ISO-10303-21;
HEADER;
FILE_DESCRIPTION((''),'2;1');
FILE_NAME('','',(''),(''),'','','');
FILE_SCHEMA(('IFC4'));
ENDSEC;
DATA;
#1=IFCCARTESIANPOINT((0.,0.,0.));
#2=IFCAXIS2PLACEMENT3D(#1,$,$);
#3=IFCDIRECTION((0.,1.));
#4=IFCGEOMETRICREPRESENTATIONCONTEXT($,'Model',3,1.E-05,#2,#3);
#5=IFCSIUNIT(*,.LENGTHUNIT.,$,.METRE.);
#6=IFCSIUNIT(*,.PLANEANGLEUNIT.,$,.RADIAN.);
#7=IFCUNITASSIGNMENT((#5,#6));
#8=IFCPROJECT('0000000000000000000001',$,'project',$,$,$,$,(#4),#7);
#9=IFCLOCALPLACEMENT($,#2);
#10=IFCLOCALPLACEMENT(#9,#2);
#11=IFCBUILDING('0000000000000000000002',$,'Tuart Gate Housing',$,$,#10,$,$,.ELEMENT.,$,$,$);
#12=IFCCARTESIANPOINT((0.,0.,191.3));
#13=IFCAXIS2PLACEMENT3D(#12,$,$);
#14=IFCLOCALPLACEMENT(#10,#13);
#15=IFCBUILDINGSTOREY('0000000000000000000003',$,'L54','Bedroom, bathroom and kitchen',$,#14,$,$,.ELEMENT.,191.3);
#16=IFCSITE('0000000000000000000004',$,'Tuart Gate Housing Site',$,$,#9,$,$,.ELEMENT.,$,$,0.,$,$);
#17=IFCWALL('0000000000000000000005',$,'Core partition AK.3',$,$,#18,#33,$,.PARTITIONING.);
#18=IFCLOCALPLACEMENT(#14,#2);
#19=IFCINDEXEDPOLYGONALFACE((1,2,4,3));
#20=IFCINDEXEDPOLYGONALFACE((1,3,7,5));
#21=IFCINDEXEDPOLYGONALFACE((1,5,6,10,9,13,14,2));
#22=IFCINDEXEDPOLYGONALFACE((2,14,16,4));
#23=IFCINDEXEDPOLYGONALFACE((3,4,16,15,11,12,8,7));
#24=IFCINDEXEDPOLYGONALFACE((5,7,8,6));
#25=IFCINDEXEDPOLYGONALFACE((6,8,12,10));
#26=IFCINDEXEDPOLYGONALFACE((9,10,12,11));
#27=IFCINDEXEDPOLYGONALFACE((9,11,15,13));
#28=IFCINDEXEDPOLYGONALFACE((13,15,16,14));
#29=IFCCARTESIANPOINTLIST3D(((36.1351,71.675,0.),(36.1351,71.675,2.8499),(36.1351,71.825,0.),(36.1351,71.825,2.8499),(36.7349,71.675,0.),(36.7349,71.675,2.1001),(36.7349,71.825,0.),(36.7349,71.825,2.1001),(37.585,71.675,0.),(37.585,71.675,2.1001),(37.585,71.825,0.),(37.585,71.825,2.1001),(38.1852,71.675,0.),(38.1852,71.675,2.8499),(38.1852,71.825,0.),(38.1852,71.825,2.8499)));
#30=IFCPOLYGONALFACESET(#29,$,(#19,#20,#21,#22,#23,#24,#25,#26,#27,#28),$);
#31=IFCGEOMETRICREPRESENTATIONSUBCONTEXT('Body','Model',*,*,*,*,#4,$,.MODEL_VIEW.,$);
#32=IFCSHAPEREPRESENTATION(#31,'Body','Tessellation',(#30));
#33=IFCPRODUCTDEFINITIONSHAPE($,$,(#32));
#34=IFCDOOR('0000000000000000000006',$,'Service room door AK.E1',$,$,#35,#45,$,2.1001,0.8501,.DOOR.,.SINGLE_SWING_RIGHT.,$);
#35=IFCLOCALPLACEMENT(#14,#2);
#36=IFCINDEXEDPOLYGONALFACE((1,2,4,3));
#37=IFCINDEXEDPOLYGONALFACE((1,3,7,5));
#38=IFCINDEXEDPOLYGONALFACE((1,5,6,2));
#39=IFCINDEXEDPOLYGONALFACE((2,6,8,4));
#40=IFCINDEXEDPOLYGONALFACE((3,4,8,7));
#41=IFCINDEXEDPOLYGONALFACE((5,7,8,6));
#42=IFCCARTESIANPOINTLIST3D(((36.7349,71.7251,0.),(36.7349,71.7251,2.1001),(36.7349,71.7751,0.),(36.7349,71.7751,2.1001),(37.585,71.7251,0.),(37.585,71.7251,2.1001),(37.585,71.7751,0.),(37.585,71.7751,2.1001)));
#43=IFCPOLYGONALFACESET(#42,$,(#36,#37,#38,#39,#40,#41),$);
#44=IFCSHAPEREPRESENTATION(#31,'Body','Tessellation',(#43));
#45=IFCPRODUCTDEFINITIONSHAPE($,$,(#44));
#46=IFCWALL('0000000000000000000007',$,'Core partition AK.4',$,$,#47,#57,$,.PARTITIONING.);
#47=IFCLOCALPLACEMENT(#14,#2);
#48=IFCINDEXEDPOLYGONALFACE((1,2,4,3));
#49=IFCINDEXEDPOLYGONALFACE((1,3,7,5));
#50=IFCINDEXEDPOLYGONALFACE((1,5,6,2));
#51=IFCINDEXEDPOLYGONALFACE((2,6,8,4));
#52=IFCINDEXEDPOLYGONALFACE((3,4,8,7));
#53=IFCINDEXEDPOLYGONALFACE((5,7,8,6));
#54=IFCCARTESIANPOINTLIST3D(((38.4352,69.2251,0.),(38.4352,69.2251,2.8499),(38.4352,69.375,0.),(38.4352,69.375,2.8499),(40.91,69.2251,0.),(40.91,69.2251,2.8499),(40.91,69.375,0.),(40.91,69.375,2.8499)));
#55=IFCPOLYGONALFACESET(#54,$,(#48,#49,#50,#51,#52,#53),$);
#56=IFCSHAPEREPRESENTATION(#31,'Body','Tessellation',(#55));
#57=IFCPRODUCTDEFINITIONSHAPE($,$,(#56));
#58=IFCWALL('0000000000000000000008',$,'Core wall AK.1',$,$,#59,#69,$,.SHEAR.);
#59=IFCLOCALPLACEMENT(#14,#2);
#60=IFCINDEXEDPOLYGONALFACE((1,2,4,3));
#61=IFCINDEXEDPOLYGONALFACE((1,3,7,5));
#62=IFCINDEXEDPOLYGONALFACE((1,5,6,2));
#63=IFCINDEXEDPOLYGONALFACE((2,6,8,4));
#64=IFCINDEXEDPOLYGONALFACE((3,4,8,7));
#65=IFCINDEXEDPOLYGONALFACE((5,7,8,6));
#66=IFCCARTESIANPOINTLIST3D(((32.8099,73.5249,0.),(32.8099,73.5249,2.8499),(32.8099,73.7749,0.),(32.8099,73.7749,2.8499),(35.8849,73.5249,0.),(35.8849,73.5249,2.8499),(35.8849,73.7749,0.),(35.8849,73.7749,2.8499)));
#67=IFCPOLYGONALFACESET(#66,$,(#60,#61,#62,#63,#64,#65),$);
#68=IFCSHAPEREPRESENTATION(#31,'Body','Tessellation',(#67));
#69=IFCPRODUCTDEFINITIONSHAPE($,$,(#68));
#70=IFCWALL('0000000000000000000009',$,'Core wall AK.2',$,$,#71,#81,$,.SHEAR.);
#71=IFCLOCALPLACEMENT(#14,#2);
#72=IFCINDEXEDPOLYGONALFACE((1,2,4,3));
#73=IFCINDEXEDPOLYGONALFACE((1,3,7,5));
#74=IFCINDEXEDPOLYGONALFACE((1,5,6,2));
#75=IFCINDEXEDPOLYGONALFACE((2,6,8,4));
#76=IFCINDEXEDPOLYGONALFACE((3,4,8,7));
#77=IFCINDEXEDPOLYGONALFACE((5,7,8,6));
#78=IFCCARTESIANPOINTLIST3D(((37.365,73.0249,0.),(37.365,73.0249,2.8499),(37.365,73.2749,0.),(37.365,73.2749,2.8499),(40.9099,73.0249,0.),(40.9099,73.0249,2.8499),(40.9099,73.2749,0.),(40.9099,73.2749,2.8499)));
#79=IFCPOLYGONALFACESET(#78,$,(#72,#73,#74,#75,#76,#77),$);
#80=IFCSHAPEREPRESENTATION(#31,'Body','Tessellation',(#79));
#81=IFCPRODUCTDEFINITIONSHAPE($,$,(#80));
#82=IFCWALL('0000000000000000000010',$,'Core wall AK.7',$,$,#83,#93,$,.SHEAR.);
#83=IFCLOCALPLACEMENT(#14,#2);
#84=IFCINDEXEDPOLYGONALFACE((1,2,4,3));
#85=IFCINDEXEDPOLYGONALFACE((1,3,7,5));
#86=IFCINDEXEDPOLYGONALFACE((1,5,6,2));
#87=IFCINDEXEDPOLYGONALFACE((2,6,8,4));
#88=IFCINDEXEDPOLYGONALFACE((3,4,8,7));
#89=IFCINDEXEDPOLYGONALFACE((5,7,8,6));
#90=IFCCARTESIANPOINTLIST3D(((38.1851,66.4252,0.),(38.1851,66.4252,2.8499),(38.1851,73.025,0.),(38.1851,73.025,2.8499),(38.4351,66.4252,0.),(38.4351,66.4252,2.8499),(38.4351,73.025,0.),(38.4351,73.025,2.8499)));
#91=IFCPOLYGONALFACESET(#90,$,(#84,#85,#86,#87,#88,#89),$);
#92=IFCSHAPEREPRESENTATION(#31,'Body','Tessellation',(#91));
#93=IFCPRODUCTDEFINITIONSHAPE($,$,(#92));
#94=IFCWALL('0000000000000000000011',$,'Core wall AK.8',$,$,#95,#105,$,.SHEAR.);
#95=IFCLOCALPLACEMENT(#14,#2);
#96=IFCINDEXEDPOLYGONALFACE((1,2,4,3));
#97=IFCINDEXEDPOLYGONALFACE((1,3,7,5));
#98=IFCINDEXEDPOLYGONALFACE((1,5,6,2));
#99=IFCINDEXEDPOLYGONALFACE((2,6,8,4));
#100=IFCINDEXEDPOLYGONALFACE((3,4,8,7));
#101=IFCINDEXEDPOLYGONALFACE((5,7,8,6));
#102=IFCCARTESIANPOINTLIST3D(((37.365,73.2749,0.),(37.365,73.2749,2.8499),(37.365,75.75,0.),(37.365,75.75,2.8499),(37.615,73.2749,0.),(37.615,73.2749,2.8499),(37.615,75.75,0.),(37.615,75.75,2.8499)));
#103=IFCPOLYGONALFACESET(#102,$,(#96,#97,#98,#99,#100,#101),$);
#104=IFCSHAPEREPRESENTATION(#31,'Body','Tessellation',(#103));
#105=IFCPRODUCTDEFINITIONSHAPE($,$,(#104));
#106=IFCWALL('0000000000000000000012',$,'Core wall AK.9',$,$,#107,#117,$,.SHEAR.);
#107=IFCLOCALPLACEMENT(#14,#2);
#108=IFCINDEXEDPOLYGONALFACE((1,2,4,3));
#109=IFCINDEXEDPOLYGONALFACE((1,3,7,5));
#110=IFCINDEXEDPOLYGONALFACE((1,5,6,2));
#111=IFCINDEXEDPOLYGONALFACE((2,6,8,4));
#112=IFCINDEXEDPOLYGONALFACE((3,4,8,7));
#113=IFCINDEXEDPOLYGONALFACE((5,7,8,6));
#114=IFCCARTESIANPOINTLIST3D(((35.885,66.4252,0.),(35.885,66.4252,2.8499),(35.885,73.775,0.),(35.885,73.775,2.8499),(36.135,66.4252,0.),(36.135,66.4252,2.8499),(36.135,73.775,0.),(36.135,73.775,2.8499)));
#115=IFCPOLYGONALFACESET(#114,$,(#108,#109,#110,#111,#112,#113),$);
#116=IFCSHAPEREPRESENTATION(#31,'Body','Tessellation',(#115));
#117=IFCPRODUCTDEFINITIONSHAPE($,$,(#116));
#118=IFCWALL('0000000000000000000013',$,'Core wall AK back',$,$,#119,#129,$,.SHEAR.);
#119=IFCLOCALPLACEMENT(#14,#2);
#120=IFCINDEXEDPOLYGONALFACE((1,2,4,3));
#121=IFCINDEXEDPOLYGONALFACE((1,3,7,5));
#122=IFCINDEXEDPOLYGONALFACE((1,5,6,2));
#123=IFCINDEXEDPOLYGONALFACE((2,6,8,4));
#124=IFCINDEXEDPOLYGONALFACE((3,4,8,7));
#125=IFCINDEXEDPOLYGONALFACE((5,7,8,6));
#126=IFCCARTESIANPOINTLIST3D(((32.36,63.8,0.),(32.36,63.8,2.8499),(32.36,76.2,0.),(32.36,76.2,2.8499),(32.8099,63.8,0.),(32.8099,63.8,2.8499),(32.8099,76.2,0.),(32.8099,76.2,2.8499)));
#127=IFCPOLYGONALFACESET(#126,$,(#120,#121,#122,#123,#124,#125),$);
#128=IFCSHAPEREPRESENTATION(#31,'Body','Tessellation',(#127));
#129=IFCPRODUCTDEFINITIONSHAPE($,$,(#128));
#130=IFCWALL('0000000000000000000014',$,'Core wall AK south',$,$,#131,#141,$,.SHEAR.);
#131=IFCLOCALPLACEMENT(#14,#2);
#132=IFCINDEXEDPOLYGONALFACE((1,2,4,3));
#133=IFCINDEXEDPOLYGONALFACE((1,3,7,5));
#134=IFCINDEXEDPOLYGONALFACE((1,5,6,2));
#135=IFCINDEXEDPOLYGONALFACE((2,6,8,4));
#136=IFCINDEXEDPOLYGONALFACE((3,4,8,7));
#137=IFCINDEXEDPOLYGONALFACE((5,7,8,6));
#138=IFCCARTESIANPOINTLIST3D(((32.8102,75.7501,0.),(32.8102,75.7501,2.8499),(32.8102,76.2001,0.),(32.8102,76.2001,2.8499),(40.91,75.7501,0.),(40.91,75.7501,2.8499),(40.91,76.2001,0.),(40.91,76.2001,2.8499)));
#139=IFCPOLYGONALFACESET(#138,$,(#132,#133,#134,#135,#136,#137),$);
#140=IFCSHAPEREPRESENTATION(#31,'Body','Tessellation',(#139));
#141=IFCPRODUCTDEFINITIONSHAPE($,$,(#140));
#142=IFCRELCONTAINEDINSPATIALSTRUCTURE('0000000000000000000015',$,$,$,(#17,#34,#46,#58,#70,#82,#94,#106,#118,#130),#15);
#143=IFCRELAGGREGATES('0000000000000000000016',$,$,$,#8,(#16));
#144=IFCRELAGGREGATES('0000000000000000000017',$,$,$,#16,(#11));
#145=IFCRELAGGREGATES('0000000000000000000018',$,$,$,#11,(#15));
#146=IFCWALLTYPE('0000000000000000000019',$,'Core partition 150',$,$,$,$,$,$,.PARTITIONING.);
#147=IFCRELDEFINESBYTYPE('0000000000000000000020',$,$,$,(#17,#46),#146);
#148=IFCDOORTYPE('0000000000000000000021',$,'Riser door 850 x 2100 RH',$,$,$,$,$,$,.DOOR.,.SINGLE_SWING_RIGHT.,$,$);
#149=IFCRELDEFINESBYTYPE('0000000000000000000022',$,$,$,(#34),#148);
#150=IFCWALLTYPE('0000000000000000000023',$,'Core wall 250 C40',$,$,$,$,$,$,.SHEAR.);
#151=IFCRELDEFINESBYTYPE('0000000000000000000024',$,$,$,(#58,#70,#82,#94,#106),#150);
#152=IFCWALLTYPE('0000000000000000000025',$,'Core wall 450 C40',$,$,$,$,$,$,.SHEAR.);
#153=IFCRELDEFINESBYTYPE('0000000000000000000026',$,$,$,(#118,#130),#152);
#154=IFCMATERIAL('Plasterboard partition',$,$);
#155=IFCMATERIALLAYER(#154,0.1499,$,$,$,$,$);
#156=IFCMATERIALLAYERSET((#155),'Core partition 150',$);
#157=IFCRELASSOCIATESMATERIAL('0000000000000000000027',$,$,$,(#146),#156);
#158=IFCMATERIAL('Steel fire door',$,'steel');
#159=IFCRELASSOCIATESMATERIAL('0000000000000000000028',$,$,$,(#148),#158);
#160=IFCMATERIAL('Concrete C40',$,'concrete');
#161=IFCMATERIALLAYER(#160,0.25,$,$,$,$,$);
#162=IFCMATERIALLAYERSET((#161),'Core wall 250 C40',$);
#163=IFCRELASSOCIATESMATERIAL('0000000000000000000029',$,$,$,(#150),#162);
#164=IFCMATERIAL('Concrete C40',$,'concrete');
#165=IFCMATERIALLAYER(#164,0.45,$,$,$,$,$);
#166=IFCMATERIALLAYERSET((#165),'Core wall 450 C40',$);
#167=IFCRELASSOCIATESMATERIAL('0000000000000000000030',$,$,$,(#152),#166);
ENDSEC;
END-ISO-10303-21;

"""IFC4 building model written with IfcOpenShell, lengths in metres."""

from ifc_helpers import new_model, si_unit, direction, frame, frame_2d, origin, place, context, subcontext, project, spatial, rectangle, extrude, material, layer, layer_set, type_object, element, fill, save


model = new_model("IFC4")

# Units and contexts
model_context = context("Model", 3, precision=1e-05, world=origin(), true_north=direction((0.0, 1.0)))
body_context = subcontext(model_context, "Body", "Model", "MODEL_VIEW")
ifc_project = project(units=[si_unit("LENGTHUNIT", "METRE"), si_unit("PLANEANGLEUNIT", "RADIAN")], contexts=[model_context])

# Site, building, storey
site_placement = place(None, origin())
site = spatial("IfcSite", under=ifc_project, at=site_placement, Name="Tuart Gate Housing Site", CompositionType="ELEMENT", RefElevation=0.0)
building_placement = place(site_placement, origin())
building = spatial("IfcBuilding", under=site, at=building_placement, Name="Tuart Gate Housing", CompositionType="ELEMENT")
storey_placement = place(building_placement, frame((0.0, 0.0, 191.3)))
storey = spatial("IfcBuildingStorey", under=building, at=storey_placement, Name="L54", Description="Bedroom, bathroom and kitchen", CompositionType="ELEMENT", Elevation=191.3)

# Wall, opening, door
ifc_material_1 = material(Name="Plasterboard partition")
ifc_layer_1 = layer(ifc_material_1, 0.1499)
ifc_layer_set_1 = layer_set([ifc_layer_1], Name="Core partition 150")
wall_type_1 = type_object("IfcWallType", Name="Core partition 150", PredefinedType="PARTITIONING", material=ifc_layer_set_1)
wall_1_placement = place(storey_placement, frame((38.1851, 71.75, 0.0), z_axis=(0.0, 0.0, 1.0), x_axis=(-1.0, 0.0, 0.0)))
wall_1 = element("IfcWall", 1, at=wall_1_placement, inside=storey, type_object=wall_type_1, Name="Core partition AK.3", PredefinedType="PARTITIONING", context=body_context, shape_type="SweptSolid", body=[
    extrude(rectangle(XDim=2.05, YDim=0.1499, at=frame_2d((1.0249, 0.0))), origin(), (0.0, 0.0, 1.0), 2.8499),
])
opening_1_placement = place(wall_1_placement, frame((0.6001, 0.0, 0.0)))
opening_1 = element("IfcOpeningElement", 2, at=opening_1_placement, cuts=wall_1, PredefinedType="OPENING", context=body_context, shape_type="SweptSolid", body=[
    extrude(rectangle(XDim=0.8501, YDim=2.1001, at=frame_2d((0.425, 1.05))), frame((0.0, 0.085, 0.0), z_axis=(0.0, -1.0, 0.0), x_axis=(1.0, 0.0, 0.0)), (0.0, 0.0, 1.0), 0.1699),
])
ifc_material_2 = material(Name="Steel fire door", Category="steel")
door_type_1 = type_object("IfcDoorType", Name="Riser door 850 x 2100 RH", OperationType="SINGLE_SWING_RIGHT", PredefinedType="DOOR", material=ifc_material_2)
door_1_placement = place(opening_1_placement, frame((0.8501, 0.0, 0.0), z_axis=(0.0, 0.0, 1.0), x_axis=(-1.0, 0.0, 0.0)))
door_1 = element("IfcDoor", 3, at=door_1_placement, inside=storey, type_object=door_type_1, Name="Service room door AK.E1", OperationType="SINGLE_SWING_RIGHT", OverallHeight=2.1001, OverallWidth=0.8501, PredefinedType="DOOR", context=body_context, shape_type="SweptSolid", body=[
    extrude(rectangle(XDim=0.8501, YDim=2.1001, at=frame_2d((0.425, 1.05))), frame((0.0, 0.0251, 0.0), z_axis=(0.0, -1.0, 0.0), x_axis=(1.0, 0.0, 0.0)), (0.0, 0.0, 1.0), 0.05),
])
fill(opening_1, door_1)

# Walls
wall_2_placement = place(storey_placement, frame((40.9099, 69.3, 0.0), z_axis=(0.0, 0.0, 1.0), x_axis=(-1.0, 0.0, 0.0)))
element("IfcWall", 4, at=wall_2_placement, inside=storey, type_object=wall_type_1, Name="Core partition AK.4", PredefinedType="PARTITIONING", context=body_context, shape_type="SweptSolid", body=[
    extrude(rectangle(XDim=2.4749, YDim=0.1499, at=frame_2d((1.2373, 0.0))), origin(), (0.0, 0.0, 1.0), 2.8499),
])
ifc_material_3 = material(Name="Concrete C40", Category="concrete")
ifc_layer_2 = layer(ifc_material_3, 0.25)
ifc_layer_set_2 = layer_set([ifc_layer_2], Name="Core wall 250 C40")
wall_type_2 = type_object("IfcWallType", Name="Core wall 250 C40", PredefinedType="SHEAR", material=ifc_layer_set_2)
wall_3_placement = place(storey_placement, frame((35.885, 73.6499, 0.0), z_axis=(0.0, 0.0, 1.0), x_axis=(-1.0, 0.0, 0.0)))
element("IfcWall", 5, at=wall_3_placement, inside=storey, type_object=wall_type_2, Name="Core wall AK.1", PredefinedType="SHEAR", context=body_context, shape_type="SweptSolid", body=[
    extrude(rectangle(XDim=3.075, YDim=0.25, at=frame_2d((1.5376, 0.0))), origin(), (0.0, 0.0, 1.0), 2.8499),
])
wall_4_placement = place(storey_placement, frame((40.9099, 73.1499, 0.0), z_axis=(0.0, 0.0, 1.0), x_axis=(-1.0, 0.0, 0.0)))
element("IfcWall", 6, at=wall_4_placement, inside=storey, type_object=wall_type_2, Name="Core wall AK.2", PredefinedType="SHEAR", context=body_context, shape_type="SweptSolid", body=[
    extrude(rectangle(XDim=3.5449, YDim=0.25, at=frame_2d((1.7725, 0.0))), origin(), (0.0, 0.0, 1.0), 2.8499),
])
wall_5_placement = place(storey_placement, frame((38.3101, 73.0249, 0.0), z_axis=(0.0, 0.0, 1.0), x_axis=(0.0, -1.0, 0.0)))
element("IfcWall", 7, at=wall_5_placement, inside=storey, type_object=wall_type_2, Name="Core wall AK.7", PredefinedType="SHEAR", context=body_context, shape_type="SweptSolid", body=[
    extrude(rectangle(XDim=6.5999, YDim=0.25, at=frame_2d((3.2998, 0.0))), origin(), (0.0, 0.0, 1.0), 2.8499),
])
wall_6_placement = place(storey_placement, frame((37.49, 75.75, 0.0), z_axis=(0.0, 0.0, 1.0), x_axis=(0.0, -1.0, 0.0)))
element("IfcWall", 8, at=wall_6_placement, inside=storey, type_object=wall_type_2, Name="Core wall AK.8", PredefinedType="SHEAR", context=body_context, shape_type="SweptSolid", body=[
    extrude(rectangle(XDim=2.4751, YDim=0.25, at=frame_2d((1.2375, 0.0))), origin(), (0.0, 0.0, 1.0), 2.8499),
])
wall_7_placement = place(storey_placement, frame((36.01, 73.7749, 0.0), z_axis=(0.0, 0.0, 1.0), x_axis=(0.0, -1.0, 0.0)))
element("IfcWall", 9, at=wall_7_placement, inside=storey, type_object=wall_type_2, Name="Core wall AK.9", PredefinedType="SHEAR", context=body_context, shape_type="SweptSolid", body=[
    extrude(rectangle(XDim=7.3499, YDim=0.25, at=frame_2d((3.6748, 0.0))), origin(), (0.0, 0.0, 1.0), 2.8499),
])
ifc_material_4 = material(Name="Concrete C40", Category="concrete")
ifc_layer_3 = layer(ifc_material_4, 0.45)
ifc_layer_set_3 = layer_set([ifc_layer_3], Name="Core wall 450 C40")
wall_type_3 = type_object("IfcWallType", Name="Core wall 450 C40", PredefinedType="SHEAR", material=ifc_layer_set_3)
wall_8_placement = place(storey_placement, frame((32.585, 76.2, 0.0), z_axis=(0.0, 0.0, 1.0), x_axis=(0.0, -1.0, 0.0)))
element("IfcWall", 10, at=wall_8_placement, inside=storey, type_object=wall_type_3, Name="Core wall AK back", PredefinedType="SHEAR", context=body_context, shape_type="SweptSolid", body=[
    extrude(rectangle(XDim=12.3999, YDim=0.45, at=frame_2d((6.2, 0.0))), origin(), (0.0, 0.0, 1.0), 2.8499),
])
wall_9_placement = place(storey_placement, frame((40.9099, 75.9751, 0.0), z_axis=(0.0, 0.0, 1.0), x_axis=(-1.0, 0.0, 0.0)))
element("IfcWall", 11, at=wall_9_placement, inside=storey, type_object=wall_type_3, Name="Core wall AK south", PredefinedType="SHEAR", context=body_context, shape_type="SweptSolid", body=[
    extrude(rectangle(XDim=8.0999, YDim=0.45, at=frame_2d((4.0498, 0.0))), origin(), (0.0, 0.0, 1.0), 2.8499),
])

save(model, "model.ifc")
